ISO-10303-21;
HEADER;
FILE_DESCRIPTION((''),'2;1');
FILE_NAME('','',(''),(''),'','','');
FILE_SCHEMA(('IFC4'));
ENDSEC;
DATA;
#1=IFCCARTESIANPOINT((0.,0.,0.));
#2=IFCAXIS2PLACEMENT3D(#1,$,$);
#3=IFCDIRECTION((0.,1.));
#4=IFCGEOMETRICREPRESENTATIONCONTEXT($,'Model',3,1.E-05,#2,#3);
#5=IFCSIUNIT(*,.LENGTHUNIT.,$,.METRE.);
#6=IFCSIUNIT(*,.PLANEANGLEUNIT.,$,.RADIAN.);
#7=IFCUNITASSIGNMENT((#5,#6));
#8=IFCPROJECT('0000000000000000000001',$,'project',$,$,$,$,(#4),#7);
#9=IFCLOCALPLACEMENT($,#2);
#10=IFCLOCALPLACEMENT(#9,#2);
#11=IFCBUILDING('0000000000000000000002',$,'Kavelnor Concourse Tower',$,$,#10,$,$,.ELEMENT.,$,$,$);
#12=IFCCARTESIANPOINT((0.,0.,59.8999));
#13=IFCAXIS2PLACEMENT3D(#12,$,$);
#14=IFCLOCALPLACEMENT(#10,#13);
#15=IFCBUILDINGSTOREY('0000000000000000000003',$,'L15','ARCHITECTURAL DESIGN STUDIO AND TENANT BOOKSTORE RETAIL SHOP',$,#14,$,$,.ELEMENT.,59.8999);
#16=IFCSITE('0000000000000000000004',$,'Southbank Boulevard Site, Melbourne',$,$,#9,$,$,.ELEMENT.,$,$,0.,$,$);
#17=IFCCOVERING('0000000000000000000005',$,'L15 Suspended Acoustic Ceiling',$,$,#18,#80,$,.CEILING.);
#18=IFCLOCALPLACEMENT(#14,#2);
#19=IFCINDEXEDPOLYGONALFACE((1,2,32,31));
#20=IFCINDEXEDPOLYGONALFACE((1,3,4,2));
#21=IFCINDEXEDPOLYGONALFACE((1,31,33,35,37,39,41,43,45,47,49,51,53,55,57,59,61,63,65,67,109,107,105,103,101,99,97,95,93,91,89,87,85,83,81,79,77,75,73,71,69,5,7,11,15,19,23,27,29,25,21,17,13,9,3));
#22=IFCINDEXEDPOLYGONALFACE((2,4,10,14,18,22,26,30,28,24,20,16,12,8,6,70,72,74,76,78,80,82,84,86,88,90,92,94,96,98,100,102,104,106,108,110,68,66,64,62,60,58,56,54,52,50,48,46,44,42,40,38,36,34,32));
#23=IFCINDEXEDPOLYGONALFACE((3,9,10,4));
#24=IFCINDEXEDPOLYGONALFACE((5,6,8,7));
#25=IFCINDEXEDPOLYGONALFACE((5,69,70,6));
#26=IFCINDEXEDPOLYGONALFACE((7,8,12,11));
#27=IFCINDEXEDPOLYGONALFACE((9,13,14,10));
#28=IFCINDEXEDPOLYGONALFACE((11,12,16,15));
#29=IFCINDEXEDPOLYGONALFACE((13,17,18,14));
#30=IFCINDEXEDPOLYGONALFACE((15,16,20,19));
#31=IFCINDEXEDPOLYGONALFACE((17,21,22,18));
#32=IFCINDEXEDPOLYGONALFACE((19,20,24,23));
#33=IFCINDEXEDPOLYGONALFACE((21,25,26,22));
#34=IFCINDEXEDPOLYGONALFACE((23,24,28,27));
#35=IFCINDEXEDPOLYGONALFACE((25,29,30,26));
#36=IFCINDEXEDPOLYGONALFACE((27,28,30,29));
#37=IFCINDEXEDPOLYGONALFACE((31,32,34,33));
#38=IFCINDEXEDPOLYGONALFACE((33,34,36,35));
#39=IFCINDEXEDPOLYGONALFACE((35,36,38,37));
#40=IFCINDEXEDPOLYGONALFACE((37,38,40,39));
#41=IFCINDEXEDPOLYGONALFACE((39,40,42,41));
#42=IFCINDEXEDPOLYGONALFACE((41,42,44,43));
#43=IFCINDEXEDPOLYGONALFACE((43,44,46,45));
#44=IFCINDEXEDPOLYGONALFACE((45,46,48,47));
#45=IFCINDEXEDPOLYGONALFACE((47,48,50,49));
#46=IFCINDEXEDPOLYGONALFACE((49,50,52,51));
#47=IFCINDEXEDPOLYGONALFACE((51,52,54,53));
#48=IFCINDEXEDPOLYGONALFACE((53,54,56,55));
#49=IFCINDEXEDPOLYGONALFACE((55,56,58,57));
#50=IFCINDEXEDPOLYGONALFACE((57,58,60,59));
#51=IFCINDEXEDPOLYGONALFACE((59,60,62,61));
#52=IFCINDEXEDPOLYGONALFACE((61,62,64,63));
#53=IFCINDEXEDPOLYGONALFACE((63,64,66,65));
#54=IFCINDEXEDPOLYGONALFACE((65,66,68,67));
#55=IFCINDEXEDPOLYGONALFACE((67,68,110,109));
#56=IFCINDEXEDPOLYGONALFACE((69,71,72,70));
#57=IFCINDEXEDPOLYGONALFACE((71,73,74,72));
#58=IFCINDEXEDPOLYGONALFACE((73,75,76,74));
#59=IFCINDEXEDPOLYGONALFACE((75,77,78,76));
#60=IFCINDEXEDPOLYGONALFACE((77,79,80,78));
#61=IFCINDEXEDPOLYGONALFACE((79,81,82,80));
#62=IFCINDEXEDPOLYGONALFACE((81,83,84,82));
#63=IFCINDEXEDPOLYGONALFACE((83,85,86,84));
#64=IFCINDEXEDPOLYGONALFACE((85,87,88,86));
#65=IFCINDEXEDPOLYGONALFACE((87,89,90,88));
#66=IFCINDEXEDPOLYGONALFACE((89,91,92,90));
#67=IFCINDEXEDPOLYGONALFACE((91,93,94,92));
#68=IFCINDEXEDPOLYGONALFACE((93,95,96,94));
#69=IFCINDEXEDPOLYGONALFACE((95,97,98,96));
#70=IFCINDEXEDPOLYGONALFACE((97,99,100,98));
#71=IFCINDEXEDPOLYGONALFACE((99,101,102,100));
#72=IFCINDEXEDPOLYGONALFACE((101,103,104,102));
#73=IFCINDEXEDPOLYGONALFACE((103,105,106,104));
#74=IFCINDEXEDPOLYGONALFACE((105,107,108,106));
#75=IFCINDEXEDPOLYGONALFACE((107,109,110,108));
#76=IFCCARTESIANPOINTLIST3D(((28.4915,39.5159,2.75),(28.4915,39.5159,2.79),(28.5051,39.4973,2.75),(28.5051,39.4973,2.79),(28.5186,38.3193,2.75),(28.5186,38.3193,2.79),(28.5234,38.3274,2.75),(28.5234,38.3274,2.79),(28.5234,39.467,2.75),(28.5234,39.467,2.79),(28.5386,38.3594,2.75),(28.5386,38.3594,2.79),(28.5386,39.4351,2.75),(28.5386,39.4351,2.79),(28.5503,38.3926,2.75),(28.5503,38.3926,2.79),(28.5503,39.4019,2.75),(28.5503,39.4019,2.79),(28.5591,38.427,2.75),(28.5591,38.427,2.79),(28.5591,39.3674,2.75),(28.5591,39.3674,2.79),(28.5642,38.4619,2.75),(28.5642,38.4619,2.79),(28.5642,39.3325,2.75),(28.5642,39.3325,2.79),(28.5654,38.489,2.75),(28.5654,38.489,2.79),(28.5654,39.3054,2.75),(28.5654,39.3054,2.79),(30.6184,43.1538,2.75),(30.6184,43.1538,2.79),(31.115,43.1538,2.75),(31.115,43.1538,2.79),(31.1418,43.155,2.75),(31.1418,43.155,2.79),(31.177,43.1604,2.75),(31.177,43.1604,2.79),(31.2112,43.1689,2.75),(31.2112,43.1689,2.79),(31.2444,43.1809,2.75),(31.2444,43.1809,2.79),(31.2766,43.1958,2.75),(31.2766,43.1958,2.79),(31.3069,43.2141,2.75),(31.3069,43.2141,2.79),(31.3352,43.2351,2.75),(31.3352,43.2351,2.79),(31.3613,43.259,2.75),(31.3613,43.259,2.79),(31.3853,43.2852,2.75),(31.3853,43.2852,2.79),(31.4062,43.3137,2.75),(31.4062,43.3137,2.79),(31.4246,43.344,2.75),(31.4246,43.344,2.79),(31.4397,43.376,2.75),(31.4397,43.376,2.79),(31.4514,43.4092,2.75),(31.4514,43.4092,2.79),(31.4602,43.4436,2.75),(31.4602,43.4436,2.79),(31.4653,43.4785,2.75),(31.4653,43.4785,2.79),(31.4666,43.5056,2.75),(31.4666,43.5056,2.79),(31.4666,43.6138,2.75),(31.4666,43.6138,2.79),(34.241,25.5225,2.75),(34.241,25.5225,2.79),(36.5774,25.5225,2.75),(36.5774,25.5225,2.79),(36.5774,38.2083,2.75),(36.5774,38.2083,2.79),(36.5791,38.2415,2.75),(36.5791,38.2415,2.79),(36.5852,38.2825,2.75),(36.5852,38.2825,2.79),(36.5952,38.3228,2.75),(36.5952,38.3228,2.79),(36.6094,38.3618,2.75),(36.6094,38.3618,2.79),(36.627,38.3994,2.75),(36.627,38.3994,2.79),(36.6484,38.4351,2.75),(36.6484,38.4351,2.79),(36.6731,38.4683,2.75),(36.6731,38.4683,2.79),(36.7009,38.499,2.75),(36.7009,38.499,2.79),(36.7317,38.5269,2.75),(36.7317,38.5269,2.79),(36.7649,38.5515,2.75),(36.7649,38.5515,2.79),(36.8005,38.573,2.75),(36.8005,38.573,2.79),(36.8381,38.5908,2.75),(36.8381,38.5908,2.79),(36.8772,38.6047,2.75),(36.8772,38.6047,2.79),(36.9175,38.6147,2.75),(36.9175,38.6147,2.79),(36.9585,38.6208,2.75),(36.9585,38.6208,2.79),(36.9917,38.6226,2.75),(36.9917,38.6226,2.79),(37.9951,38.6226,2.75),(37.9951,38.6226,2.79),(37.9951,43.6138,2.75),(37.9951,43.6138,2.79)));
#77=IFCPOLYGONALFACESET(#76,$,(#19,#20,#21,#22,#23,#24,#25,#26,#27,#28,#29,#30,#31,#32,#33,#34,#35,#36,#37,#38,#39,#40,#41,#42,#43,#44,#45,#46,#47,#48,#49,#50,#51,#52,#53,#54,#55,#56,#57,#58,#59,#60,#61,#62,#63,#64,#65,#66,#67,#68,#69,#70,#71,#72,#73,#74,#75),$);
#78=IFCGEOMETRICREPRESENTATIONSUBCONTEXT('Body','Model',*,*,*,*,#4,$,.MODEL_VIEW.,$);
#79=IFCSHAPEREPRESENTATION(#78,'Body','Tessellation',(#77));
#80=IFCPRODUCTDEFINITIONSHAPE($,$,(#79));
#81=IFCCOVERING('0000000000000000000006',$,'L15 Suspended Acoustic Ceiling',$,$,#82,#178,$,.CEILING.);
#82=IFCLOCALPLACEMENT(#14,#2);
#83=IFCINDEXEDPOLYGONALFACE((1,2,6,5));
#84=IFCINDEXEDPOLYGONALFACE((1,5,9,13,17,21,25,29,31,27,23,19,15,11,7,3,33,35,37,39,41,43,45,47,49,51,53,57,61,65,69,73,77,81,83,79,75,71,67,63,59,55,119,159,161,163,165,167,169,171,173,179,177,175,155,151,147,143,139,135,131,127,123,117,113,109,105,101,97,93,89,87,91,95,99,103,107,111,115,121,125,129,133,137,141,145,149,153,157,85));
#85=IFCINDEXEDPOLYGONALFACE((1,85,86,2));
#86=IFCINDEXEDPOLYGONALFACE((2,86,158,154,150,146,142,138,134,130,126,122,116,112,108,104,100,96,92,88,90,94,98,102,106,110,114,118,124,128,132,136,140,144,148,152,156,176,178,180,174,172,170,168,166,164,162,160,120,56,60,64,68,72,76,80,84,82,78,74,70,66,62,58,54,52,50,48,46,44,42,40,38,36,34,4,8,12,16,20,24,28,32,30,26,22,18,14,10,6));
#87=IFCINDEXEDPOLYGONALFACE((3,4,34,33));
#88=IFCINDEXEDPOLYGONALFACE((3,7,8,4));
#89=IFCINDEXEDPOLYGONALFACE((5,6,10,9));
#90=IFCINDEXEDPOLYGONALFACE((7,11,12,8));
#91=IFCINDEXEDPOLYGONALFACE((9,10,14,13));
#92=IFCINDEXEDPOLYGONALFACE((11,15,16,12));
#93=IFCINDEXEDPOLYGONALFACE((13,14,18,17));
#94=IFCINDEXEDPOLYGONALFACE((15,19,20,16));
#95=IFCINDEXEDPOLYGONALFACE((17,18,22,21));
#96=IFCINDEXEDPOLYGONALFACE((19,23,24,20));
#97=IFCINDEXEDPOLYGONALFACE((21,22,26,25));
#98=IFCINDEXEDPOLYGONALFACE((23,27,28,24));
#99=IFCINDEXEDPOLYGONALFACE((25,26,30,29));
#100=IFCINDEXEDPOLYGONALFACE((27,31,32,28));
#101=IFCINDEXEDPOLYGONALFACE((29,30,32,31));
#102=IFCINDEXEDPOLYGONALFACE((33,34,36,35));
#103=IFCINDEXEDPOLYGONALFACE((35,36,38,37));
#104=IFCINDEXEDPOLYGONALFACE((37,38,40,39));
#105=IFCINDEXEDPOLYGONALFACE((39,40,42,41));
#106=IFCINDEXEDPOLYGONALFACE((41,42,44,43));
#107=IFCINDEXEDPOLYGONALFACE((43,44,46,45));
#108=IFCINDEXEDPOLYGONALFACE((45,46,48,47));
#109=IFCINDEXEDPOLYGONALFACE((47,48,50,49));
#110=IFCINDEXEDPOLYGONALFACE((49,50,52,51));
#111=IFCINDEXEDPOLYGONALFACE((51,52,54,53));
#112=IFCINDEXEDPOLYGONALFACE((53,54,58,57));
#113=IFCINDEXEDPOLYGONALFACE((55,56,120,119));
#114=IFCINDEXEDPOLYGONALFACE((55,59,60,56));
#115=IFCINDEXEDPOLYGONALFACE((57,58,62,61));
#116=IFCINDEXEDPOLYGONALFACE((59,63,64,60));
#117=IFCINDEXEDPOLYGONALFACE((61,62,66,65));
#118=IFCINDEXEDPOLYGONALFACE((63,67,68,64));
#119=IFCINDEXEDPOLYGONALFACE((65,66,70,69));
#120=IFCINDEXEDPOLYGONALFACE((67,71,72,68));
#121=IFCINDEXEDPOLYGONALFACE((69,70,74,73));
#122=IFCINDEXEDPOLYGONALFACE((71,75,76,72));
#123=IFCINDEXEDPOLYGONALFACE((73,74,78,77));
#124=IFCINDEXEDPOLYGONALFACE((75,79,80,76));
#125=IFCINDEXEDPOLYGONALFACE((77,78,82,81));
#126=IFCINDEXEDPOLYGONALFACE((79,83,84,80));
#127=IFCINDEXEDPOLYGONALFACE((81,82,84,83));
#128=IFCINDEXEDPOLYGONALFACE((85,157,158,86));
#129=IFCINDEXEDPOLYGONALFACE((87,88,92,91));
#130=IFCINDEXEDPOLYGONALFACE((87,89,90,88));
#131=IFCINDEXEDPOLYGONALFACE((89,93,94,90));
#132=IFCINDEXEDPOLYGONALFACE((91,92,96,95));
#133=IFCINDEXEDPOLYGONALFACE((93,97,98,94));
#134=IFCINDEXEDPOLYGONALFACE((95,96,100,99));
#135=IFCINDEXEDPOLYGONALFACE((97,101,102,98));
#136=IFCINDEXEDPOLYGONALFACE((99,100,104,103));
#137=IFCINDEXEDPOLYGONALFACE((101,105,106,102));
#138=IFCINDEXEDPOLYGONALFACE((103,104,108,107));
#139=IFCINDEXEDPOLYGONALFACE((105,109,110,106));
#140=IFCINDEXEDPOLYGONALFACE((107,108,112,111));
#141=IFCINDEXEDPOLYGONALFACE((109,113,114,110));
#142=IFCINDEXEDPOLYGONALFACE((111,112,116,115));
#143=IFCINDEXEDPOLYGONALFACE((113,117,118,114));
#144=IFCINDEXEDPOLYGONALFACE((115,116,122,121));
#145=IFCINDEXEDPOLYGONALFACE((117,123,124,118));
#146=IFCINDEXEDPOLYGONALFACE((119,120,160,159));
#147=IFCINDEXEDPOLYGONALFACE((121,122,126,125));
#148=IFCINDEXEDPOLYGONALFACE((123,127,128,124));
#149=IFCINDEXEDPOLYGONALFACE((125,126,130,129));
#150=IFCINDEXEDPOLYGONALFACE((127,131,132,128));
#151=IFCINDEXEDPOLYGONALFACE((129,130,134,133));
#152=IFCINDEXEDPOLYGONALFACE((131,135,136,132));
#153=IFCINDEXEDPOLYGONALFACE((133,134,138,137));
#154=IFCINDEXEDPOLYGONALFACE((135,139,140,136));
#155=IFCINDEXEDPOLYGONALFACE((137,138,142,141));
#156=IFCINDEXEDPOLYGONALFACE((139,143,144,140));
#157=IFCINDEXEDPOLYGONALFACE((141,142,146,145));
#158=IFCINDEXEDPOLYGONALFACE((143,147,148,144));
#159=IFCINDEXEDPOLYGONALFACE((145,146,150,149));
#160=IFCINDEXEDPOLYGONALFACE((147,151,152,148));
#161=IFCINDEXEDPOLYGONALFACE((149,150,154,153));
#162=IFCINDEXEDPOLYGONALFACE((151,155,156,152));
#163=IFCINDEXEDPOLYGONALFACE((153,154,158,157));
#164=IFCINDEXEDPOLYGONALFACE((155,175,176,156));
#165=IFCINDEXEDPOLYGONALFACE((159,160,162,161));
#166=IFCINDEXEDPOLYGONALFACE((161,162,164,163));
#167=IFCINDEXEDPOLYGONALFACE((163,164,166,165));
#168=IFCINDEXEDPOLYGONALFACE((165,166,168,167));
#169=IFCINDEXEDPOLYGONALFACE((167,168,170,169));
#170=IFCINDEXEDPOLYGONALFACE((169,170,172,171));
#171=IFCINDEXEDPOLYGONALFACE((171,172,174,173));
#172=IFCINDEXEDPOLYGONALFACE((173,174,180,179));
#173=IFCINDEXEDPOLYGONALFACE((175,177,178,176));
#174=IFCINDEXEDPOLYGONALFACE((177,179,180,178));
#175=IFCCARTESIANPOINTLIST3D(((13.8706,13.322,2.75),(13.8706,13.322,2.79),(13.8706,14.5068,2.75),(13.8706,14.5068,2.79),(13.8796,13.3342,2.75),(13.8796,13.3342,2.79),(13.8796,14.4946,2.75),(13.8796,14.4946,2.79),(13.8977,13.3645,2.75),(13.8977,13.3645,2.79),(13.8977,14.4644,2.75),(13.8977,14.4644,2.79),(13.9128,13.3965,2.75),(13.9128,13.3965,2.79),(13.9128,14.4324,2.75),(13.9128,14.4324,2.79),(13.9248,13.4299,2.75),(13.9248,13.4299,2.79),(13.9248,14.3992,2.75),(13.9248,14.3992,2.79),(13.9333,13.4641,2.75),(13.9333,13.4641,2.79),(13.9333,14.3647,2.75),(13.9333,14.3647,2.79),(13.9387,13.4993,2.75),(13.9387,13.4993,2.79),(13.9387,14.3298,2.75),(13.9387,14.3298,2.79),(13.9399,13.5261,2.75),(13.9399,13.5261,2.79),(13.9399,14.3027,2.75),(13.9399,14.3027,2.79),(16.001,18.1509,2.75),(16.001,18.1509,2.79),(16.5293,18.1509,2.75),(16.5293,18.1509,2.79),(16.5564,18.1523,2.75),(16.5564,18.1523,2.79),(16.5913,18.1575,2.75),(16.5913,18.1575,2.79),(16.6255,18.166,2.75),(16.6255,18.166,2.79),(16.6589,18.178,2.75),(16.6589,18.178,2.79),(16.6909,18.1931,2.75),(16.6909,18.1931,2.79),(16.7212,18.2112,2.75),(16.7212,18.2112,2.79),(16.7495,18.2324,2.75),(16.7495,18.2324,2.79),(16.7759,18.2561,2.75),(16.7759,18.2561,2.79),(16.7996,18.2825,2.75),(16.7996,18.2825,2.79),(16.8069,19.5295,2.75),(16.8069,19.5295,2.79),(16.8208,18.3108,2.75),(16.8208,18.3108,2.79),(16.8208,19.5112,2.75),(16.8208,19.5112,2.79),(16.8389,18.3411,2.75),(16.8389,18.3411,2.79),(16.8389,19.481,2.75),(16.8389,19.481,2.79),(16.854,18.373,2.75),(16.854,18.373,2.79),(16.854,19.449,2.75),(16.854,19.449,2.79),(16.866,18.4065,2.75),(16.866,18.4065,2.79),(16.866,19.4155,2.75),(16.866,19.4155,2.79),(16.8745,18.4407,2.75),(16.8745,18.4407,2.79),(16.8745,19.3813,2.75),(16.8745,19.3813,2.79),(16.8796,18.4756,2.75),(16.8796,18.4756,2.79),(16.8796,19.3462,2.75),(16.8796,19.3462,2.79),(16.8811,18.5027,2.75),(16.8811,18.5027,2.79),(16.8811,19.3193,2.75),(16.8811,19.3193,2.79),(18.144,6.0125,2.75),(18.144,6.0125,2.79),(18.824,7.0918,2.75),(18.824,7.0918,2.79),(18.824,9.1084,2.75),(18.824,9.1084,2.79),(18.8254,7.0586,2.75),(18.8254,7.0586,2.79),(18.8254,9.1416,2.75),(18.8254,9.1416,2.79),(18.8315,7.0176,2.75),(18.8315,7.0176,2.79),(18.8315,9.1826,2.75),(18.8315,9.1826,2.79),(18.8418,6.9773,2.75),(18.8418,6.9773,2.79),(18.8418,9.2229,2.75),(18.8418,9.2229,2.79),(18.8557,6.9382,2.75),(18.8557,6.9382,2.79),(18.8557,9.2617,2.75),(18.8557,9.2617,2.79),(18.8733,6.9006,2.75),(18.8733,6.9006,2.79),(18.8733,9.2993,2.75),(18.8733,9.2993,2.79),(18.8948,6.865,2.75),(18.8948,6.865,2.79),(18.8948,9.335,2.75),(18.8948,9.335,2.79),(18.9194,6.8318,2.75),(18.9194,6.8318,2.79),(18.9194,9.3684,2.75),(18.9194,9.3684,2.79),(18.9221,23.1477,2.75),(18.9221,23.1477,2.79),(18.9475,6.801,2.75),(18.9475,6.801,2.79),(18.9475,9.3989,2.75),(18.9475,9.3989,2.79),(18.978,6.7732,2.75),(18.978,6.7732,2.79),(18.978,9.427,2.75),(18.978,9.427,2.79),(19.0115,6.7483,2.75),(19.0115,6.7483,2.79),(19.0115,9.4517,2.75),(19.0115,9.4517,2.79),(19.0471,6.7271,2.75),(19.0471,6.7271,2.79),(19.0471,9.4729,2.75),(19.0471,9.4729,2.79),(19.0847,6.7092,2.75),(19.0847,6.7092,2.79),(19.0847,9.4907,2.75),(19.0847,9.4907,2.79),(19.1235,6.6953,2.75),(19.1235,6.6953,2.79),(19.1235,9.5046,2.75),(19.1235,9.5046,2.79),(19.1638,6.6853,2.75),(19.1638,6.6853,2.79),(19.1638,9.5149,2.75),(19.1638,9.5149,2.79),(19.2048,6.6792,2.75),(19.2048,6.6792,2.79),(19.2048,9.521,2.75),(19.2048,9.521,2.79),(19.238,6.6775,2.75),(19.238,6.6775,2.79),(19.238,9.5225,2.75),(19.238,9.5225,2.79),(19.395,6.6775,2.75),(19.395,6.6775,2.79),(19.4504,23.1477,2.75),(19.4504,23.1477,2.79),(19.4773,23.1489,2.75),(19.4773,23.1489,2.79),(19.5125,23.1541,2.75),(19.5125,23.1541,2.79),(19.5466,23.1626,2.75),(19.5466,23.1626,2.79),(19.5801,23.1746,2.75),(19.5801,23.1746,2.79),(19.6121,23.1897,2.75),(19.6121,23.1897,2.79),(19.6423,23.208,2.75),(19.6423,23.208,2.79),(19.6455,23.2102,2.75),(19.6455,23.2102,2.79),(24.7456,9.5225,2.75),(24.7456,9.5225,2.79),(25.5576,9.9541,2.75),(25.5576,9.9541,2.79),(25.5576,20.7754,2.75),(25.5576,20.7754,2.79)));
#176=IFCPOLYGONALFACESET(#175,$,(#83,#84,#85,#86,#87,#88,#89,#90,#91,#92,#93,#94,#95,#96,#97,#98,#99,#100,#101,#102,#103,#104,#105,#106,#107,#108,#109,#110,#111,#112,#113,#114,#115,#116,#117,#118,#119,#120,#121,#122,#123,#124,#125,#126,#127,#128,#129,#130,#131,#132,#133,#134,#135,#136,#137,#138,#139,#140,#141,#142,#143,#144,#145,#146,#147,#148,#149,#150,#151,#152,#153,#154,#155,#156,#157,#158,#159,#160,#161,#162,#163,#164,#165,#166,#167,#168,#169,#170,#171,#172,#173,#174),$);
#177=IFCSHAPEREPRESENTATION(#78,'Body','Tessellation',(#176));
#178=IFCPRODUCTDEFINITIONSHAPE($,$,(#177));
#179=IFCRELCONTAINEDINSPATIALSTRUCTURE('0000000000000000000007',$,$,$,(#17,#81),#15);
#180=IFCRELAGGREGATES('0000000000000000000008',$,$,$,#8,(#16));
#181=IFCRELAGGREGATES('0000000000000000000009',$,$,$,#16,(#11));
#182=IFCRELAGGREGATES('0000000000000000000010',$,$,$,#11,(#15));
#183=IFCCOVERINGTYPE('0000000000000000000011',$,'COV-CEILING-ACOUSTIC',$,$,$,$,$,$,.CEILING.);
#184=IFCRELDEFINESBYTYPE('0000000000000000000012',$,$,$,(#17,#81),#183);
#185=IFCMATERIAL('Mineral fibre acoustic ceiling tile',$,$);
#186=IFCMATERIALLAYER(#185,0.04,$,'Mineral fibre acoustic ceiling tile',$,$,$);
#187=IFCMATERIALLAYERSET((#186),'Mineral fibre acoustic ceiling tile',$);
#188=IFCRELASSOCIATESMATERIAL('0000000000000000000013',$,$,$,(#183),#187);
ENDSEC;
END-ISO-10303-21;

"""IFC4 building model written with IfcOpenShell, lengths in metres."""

from ifc_helpers import new_model, si_unit, direction, frame, origin, place, context, subcontext, project, spatial, polyline, outline, extrude, material, layer, layer_set, type_object, element, save


model = new_model("IFC4")

# Units and contexts
model_context = context("Model", 3, precision=1e-05, world=origin(), true_north=direction((0.0, 1.0)))
body_context = subcontext(model_context, "Body", "Model", "MODEL_VIEW")
ifc_project = project(units=[si_unit("LENGTHUNIT", "METRE"), si_unit("PLANEANGLEUNIT", "RADIAN")], contexts=[model_context])

# Site, building, storey
site_placement = place(None, origin())
site = spatial("IfcSite", under=ifc_project, at=site_placement, Name="Southbank Boulevard Site, Melbourne", CompositionType="ELEMENT", RefElevation=0.0)
building_placement = place(site_placement, origin())
building = spatial("IfcBuilding", under=site, at=building_placement, Name="Kavelnor Concourse Tower", CompositionType="ELEMENT")
storey_placement = place(building_placement, frame((0.0, 0.0, 59.8999)))
storey = spatial("IfcBuildingStorey", under=building, at=storey_placement, Name="L15", Description="ARCHITECTURAL DESIGN STUDIO AND TENANT BOOKSTORE RETAIL SHOP", CompositionType="ELEMENT", Elevation=59.8999)

# Coverings
ifc_material_1 = material(Name="Mineral fibre acoustic ceiling tile")
ifc_layer_1 = layer(ifc_material_1, 0.04, Name="Mineral fibre acoustic ceiling tile")
ifc_layer_set_1 = layer_set([ifc_layer_1], Name="Mineral fibre acoustic ceiling tile")
covering_type_1 = type_object("IfcCoveringType", Name="COV-CEILING-ACOUSTIC", PredefinedType="CEILING", material=ifc_layer_set_1)
covering_1_placement = place(storey_placement, frame((0.0, 0.0, 2.75)))
element("IfcCovering", 1, at=covering_1_placement, inside=storey, type_object=covering_type_1, Name="L15 Suspended Acoustic Ceiling", PredefinedType="CEILING", context=body_context, shape_type="SweptSolid", body=[
    extrude(outline(polyline([(31.1418, 43.155), (31.177, 43.1604), (31.2112, 43.1689), (31.2444, 43.1809), (31.2766, 43.1958), (31.3069, 43.2141), (31.3352, 43.2351), (31.3613, 43.259), (31.3853, 43.2852), (31.4062, 43.3137), (31.4246, 43.344), (31.4397, 43.376), (31.4514, 43.4092), (31.4602, 43.4436), (31.4653, 43.4785), (31.4666, 43.5056), (31.4666, 43.6138), (37.9951, 43.6138), (37.9951, 38.6226), (36.9917, 38.6226), (36.9585, 38.6208), (36.9175, 38.6147), (36.8772, 38.6047), (36.8381, 38.5908), (36.8005, 38.573), (36.7649, 38.5515), (36.7317, 38.5269), (36.7009, 38.499), (36.6731, 38.4683), (36.6484, 38.4351), (36.627, 38.3994), (36.6094, 38.3618), (36.5952, 38.3228), (36.5852, 38.2825), (36.5791, 38.2415), (36.5774, 38.2083), (36.5774, 25.5225), (34.241, 25.5225), (28.5186, 38.3193), (28.5234, 38.3274), (28.5386, 38.3594), (28.5503, 38.3926), (28.5591, 38.427), (28.5642, 38.4619), (28.5654, 38.489), (28.5654, 39.3054), (28.5642, 39.3325), (28.5591, 39.3674), (28.5503, 39.4019), (28.5386, 39.4351), (28.5234, 39.467), (28.5051, 39.4973), (28.4915, 39.5159), (30.6184, 43.1538), (31.115, 43.1538), (31.1418, 43.155)])), origin(), (0.0, 0.0, 1.0), 0.04),
])
covering_2_placement = place(storey_placement, frame((0.0, 0.0, 2.75)))
element("IfcCovering", 2, at=covering_2_placement, inside=storey, type_object=covering_type_1, Name="L15 Suspended Acoustic Ceiling", PredefinedType="CEILING", context=body_context, shape_type="SweptSolid", body=[
    extrude(outline(polyline([(13.8796, 13.3342), (13.8977, 13.3645), (13.9128, 13.3965), (13.9248, 13.4299), (13.9333, 13.4641), (13.9387, 13.4993), (13.9399, 13.5261), (13.9399, 14.3027), (13.9387, 14.3298), (13.9333, 14.3647), (13.9248, 14.3992), (13.9128, 14.4324), (13.8977, 14.4644), (13.8796, 14.4946), (13.8706, 14.5068), (16.001, 18.1509), (16.5293, 18.1509), (16.5564, 18.1523), (16.5913, 18.1575), (16.6255, 18.166), (16.6589, 18.178), (16.6909, 18.1931), (16.7212, 18.2112), (16.7495, 18.2324), (16.7759, 18.2561), (16.7996, 18.2825), (16.8208, 18.3108), (16.8389, 18.3411), (16.854, 18.373), (16.866, 18.4065), (16.8745, 18.4407), (16.8796, 18.4756), (16.8811, 18.5027), (16.8811, 19.3193), (16.8796, 19.3462), (16.8745, 19.3813), (16.866, 19.4155), (16.854, 19.449), (16.8389, 19.481), (16.8208, 19.5112), (16.8069, 19.5295), (18.9221, 23.1477), (19.4504, 23.1477), (19.4773, 23.1489), (19.5125, 23.1541), (19.5466, 23.1626), (19.5801, 23.1746), (19.6121, 23.1897), (19.6423, 23.208), (19.6455, 23.2102), (25.5576, 20.7754), (25.5576, 9.9541), (24.7456, 9.5225), (19.238, 9.5225), (19.2048, 9.521), (19.1638, 9.5149), (19.1235, 9.5046), (19.0847, 9.4907), (19.0471, 9.4729), (19.0115, 9.4517), (18.978, 9.427), (18.9475, 9.3989), (18.9194, 9.3684), (18.8948, 9.335), (18.8733, 9.2993), (18.8557, 9.2617), (18.8418, 9.2229), (18.8315, 9.1826), (18.8254, 9.1416), (18.824, 9.1084), (18.824, 7.0918), (18.8254, 7.0586), (18.8315, 7.0176), (18.8418, 6.9773), (18.8557, 6.9382), (18.8733, 6.9006), (18.8948, 6.865), (18.9194, 6.8318), (18.9475, 6.801), (18.978, 6.7732), (19.0115, 6.7483), (19.0471, 6.7271), (19.0847, 6.7092), (19.1235, 6.6953), (19.1638, 6.6853), (19.2048, 6.6792), (19.238, 6.6775), (19.395, 6.6775), (18.144, 6.0125), (13.8706, 13.322), (13.8796, 13.3342)])), origin(), (0.0, 0.0, 1.0), 0.04),
])

save(model, "model.ifc")
